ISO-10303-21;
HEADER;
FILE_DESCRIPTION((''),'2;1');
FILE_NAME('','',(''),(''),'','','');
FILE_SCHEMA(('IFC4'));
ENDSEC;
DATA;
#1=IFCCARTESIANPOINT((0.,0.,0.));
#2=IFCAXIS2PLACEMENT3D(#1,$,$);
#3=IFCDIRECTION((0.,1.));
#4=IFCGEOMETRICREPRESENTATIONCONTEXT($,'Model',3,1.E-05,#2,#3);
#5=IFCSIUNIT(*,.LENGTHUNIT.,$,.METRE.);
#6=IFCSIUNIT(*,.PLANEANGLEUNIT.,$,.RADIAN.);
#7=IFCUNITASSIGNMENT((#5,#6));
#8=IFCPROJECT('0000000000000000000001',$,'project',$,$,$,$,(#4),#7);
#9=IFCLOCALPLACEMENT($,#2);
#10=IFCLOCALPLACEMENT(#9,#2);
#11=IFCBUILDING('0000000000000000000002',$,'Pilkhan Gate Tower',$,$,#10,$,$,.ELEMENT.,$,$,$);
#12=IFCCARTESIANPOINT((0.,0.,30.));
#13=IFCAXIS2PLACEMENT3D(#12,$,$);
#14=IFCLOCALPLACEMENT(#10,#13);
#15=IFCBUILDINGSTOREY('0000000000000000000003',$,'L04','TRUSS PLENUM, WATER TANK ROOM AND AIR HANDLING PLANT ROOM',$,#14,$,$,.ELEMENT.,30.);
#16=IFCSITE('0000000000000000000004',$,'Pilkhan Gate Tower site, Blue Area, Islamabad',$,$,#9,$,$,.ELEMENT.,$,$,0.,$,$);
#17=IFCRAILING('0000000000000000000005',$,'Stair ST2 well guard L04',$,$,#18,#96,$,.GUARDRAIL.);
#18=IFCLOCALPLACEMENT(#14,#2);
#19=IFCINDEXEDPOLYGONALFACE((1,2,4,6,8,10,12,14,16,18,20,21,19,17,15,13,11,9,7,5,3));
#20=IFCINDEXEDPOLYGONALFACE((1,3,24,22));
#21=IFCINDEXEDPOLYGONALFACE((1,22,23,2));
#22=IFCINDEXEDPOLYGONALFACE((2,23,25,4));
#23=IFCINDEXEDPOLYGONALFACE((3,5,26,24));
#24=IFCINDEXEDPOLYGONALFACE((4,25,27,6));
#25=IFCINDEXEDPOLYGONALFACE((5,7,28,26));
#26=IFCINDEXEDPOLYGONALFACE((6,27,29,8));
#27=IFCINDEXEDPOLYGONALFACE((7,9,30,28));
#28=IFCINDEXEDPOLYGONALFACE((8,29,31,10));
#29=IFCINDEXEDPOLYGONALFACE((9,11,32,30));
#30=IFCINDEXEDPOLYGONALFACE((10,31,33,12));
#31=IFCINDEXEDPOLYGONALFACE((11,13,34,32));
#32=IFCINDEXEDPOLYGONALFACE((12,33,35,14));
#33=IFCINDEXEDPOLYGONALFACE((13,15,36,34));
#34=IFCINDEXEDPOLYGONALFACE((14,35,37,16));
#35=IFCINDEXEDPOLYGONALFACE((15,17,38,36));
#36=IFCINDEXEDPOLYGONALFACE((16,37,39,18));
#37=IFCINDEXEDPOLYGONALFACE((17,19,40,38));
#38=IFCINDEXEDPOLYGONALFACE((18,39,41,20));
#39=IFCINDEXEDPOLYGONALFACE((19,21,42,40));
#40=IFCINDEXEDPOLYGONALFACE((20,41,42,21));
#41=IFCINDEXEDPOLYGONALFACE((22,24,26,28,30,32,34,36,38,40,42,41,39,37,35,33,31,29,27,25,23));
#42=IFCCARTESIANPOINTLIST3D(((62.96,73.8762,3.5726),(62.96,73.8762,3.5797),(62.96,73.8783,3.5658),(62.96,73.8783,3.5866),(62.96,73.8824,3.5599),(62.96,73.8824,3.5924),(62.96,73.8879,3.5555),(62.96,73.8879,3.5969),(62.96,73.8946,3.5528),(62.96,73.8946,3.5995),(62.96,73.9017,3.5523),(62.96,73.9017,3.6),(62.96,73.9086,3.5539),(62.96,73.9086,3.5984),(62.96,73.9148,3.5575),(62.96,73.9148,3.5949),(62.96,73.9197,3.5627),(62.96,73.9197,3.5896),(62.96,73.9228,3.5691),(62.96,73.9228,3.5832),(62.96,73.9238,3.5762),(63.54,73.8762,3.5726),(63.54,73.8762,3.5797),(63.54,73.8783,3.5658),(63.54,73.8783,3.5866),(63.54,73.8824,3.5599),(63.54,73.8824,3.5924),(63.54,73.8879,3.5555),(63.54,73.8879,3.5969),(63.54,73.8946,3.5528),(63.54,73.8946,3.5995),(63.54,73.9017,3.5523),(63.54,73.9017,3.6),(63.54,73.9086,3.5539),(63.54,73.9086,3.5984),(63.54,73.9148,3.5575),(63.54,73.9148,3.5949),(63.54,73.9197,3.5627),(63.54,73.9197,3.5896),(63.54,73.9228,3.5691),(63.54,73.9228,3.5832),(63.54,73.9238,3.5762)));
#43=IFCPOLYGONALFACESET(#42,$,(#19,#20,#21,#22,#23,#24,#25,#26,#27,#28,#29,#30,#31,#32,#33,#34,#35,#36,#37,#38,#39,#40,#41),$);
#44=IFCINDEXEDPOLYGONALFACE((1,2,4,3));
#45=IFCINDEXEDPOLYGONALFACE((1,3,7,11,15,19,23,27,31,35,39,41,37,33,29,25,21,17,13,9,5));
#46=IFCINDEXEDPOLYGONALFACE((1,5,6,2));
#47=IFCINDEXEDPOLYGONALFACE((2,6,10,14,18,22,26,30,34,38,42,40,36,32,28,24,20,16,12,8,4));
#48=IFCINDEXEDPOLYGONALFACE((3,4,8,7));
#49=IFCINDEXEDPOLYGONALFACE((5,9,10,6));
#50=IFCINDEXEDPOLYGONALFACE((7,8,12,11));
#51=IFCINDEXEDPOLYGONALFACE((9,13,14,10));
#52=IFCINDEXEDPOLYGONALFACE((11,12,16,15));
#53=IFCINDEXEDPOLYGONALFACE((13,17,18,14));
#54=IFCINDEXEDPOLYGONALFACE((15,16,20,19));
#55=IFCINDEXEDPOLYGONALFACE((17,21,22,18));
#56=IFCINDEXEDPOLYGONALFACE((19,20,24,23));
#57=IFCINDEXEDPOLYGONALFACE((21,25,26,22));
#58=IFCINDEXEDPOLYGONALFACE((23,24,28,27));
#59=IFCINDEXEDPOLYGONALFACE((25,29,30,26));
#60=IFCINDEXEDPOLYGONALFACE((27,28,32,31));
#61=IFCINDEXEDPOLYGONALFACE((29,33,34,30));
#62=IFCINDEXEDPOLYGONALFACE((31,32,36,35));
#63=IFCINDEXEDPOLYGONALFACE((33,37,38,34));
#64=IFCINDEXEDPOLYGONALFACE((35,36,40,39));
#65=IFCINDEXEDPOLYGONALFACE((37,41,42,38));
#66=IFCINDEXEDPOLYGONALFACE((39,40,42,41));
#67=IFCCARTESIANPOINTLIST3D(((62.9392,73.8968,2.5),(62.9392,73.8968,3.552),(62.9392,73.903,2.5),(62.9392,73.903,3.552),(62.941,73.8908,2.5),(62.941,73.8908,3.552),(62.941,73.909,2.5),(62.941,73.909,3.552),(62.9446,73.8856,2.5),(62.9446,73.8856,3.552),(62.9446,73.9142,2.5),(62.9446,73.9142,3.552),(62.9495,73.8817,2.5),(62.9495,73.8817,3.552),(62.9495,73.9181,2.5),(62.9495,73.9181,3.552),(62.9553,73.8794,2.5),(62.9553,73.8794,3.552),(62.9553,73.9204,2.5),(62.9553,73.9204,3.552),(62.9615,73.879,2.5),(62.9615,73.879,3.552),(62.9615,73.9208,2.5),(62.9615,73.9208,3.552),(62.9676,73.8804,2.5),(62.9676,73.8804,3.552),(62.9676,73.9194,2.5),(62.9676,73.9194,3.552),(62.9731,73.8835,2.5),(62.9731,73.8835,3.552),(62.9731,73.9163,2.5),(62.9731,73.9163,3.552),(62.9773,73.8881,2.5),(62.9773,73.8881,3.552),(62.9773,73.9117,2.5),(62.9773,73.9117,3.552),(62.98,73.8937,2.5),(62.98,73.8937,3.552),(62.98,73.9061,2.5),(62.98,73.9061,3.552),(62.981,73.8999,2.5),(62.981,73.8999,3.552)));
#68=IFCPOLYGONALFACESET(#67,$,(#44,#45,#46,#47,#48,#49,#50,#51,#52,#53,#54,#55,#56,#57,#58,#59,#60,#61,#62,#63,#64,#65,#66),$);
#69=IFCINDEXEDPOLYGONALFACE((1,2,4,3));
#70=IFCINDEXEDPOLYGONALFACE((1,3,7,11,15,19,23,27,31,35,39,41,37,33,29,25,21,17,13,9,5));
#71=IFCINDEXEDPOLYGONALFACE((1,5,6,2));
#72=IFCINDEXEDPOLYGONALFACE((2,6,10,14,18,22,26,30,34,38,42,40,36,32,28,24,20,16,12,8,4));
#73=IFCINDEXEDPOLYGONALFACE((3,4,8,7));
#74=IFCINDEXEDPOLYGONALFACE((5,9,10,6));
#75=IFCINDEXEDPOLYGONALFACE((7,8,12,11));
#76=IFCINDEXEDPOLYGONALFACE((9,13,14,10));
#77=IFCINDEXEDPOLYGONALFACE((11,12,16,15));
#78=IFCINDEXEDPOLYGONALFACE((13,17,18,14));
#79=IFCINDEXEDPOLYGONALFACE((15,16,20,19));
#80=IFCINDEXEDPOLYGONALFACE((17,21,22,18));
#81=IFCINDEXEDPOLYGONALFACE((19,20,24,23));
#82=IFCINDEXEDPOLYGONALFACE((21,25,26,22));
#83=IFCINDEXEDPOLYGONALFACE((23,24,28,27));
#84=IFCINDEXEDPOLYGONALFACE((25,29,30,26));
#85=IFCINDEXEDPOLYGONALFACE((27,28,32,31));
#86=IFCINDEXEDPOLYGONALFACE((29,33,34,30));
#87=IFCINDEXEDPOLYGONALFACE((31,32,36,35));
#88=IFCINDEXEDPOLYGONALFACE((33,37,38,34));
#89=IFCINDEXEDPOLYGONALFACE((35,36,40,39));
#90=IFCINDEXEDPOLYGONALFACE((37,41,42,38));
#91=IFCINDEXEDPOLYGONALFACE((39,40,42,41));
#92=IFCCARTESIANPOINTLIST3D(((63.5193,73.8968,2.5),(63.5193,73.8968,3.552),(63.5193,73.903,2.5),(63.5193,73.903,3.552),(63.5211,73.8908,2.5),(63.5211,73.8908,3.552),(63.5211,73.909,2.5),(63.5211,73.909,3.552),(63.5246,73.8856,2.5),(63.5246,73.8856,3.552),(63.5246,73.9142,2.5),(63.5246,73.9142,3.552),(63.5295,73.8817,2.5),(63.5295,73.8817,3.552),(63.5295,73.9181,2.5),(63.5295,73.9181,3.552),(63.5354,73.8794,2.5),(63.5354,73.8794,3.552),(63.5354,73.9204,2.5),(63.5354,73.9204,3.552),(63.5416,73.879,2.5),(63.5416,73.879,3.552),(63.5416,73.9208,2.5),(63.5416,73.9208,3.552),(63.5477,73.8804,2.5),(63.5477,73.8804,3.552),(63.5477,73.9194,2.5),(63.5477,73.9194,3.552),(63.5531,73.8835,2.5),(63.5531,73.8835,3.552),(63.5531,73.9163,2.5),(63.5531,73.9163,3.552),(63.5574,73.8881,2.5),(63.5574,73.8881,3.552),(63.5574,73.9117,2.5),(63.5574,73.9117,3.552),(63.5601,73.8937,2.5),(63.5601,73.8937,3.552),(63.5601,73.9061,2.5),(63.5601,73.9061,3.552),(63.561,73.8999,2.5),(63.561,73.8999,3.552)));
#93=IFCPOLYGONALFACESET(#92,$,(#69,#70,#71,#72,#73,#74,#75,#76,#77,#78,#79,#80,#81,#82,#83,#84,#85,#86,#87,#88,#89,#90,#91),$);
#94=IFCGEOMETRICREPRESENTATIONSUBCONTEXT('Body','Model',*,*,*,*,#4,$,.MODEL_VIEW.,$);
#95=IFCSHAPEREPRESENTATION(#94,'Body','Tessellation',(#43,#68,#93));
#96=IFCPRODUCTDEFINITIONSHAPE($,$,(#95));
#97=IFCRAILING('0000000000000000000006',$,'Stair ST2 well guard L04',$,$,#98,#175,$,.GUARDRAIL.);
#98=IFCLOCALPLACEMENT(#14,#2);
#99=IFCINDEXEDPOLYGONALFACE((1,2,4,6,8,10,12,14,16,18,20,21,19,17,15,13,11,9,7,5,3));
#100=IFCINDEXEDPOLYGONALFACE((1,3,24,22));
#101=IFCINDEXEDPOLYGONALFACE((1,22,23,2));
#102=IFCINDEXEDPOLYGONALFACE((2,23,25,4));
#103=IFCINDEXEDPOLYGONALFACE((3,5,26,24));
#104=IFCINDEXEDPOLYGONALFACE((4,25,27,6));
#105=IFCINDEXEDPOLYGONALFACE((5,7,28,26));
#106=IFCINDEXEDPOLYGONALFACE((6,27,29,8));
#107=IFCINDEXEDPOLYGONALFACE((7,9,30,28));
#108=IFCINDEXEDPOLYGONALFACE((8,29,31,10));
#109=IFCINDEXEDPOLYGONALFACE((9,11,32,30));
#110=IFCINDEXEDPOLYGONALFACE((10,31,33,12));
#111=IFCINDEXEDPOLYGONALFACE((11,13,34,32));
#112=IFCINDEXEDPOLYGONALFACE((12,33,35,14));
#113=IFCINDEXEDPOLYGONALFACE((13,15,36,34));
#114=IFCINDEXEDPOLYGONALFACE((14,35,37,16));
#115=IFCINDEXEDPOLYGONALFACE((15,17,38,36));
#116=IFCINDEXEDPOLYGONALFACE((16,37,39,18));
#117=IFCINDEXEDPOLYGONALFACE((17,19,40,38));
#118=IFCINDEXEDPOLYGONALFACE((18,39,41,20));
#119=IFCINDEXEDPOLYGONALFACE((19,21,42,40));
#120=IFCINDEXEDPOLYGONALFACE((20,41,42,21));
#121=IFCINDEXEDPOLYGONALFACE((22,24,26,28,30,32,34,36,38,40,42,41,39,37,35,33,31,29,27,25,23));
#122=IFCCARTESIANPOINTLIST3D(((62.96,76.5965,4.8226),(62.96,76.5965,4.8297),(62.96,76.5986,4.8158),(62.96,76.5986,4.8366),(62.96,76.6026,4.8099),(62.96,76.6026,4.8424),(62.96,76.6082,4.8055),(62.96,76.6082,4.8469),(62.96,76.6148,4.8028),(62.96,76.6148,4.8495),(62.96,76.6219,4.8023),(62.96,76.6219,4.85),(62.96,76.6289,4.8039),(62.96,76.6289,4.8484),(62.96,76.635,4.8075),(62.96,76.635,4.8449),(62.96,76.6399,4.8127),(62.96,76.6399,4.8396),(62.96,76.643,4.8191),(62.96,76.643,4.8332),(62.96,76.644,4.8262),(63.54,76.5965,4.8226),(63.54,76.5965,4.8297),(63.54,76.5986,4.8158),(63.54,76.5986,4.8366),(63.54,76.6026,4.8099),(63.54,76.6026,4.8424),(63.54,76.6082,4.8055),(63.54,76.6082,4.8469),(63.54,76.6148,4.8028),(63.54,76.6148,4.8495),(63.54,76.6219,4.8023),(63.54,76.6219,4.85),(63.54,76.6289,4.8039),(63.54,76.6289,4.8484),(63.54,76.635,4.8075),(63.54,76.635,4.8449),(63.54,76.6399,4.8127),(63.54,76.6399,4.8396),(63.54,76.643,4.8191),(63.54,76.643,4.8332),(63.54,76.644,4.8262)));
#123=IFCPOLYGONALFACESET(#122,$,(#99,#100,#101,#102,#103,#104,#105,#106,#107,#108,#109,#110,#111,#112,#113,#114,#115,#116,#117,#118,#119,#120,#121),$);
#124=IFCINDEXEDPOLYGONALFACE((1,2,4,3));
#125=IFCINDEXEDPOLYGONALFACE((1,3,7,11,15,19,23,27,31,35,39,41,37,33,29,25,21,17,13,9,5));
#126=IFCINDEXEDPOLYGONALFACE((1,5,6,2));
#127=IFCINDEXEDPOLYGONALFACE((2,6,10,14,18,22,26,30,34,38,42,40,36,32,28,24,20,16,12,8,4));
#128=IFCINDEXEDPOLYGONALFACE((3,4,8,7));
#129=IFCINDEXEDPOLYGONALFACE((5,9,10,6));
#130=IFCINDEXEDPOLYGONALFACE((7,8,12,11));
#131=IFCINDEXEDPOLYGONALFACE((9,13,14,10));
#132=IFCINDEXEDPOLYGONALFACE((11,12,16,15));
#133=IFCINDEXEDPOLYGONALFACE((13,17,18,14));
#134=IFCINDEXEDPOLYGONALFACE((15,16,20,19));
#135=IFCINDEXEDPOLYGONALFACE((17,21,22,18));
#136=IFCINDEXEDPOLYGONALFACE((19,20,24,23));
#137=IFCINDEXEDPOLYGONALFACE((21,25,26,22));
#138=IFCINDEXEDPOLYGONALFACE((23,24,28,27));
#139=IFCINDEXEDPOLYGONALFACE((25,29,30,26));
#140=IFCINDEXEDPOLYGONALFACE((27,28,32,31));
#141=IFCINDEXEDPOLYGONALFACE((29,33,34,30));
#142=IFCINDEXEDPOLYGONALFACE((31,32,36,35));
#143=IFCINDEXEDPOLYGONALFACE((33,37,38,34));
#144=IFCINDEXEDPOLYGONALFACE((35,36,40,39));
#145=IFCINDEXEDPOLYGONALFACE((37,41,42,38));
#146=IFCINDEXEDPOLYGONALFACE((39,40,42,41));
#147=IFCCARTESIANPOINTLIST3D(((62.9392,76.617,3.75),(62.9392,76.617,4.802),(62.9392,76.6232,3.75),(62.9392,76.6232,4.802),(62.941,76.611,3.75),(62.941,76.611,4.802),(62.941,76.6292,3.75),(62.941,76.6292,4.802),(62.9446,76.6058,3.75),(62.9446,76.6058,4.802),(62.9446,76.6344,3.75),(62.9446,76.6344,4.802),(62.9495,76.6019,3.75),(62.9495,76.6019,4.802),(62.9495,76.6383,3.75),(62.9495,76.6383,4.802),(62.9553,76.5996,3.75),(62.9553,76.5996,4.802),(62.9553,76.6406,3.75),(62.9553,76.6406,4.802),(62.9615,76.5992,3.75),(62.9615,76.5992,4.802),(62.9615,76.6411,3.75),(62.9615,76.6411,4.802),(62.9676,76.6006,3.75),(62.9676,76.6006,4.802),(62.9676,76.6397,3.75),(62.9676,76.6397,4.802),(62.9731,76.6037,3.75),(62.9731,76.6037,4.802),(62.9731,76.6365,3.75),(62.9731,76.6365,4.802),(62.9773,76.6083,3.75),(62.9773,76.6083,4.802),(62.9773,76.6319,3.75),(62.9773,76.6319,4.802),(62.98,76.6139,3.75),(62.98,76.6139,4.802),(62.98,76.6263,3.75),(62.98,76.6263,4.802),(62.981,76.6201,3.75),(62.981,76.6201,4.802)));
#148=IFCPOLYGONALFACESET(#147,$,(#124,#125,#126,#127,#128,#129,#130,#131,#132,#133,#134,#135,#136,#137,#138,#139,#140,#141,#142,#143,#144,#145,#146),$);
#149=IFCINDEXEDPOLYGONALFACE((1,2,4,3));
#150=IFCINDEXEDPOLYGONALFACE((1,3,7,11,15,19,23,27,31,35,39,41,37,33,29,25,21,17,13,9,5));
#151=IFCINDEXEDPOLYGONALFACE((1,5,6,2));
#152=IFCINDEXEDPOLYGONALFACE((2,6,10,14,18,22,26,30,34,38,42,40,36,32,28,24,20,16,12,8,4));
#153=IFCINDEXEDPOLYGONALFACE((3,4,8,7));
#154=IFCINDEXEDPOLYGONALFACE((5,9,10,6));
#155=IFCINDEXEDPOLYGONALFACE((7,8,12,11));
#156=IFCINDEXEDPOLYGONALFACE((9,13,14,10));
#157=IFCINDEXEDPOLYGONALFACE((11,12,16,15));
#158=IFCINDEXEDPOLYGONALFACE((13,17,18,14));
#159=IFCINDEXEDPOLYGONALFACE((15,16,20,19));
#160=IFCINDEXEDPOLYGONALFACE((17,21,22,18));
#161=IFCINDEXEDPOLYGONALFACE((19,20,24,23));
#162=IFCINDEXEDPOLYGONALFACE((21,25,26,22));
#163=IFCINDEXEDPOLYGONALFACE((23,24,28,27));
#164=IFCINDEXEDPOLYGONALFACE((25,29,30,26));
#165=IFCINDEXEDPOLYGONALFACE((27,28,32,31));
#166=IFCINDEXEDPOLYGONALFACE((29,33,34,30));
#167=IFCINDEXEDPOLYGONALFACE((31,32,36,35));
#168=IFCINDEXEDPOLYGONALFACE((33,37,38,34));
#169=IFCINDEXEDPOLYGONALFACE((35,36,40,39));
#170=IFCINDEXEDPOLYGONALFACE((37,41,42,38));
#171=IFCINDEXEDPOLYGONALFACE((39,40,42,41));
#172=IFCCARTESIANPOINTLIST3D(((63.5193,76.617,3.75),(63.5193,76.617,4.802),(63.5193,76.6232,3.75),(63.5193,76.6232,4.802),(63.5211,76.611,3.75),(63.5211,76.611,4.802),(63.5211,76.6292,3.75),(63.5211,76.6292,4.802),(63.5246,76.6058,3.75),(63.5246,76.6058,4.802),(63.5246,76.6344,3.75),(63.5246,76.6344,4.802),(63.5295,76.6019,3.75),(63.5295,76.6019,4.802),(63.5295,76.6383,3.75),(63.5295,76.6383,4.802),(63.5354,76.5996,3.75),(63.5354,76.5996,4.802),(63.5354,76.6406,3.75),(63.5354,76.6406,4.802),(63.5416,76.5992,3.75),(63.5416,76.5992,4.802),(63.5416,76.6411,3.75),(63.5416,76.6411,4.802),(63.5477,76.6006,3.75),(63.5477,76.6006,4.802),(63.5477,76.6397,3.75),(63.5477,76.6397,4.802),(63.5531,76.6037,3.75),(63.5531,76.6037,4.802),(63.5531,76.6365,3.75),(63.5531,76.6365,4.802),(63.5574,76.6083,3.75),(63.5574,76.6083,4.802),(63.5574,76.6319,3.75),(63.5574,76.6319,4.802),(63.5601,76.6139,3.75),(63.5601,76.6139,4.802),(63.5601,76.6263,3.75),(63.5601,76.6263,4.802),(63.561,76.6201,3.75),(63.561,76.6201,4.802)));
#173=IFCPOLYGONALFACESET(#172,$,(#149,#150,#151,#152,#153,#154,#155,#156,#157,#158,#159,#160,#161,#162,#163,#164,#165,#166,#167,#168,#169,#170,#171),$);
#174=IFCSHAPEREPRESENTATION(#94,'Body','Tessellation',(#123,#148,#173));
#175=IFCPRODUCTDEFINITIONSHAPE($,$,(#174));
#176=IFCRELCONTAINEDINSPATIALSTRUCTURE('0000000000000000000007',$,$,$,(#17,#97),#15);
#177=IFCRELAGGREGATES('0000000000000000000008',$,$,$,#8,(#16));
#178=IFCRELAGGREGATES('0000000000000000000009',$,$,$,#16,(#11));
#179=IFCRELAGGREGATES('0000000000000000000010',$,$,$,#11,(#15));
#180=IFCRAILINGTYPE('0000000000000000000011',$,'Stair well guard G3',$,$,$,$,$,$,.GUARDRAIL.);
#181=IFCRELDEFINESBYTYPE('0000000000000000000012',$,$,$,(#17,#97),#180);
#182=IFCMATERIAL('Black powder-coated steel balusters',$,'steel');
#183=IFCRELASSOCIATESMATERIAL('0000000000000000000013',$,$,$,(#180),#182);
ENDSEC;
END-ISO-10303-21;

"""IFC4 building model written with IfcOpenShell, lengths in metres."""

from ifc_helpers import new_model, si_unit, direction, frame, origin, origin_2d, place, context, subcontext, project, spatial, circle, extrude, material, type_object, element, save


model = new_model("IFC4")

# Units and contexts
model_context = context("Model", 3, precision=1e-05, world=origin(), true_north=direction((0.0, 1.0)))
body_context = subcontext(model_context, "Body", "Model", "MODEL_VIEW")
ifc_project = project(units=[si_unit("LENGTHUNIT", "METRE"), si_unit("PLANEANGLEUNIT", "RADIAN")], contexts=[model_context])

# Site, building, storey
site_placement = place(None, origin())
site = spatial("IfcSite", under=ifc_project, at=site_placement, Name="Pilkhan Gate Tower site, Blue Area, Islamabad", CompositionType="ELEMENT", RefElevation=0.0)
building_placement = place(site_placement, origin())
building = spatial("IfcBuilding", under=site, at=building_placement, Name="Pilkhan Gate Tower", CompositionType="ELEMENT")
storey_placement = place(building_placement, frame((0.0, 0.0, 30.0)))
storey = spatial("IfcBuildingStorey", under=building, at=storey_placement, Name="L04", Description="TRUSS PLENUM, WATER TANK ROOM AND AIR HANDLING PLANT ROOM", CompositionType="ELEMENT", Elevation=30.0)

# Railings
ifc_material_1 = material(Name="Black powder-coated steel balusters", Category="steel")
railing_type_1 = type_object("IfcRailingType", Name="Stair well guard G3", PredefinedType="GUARDRAIL", material=ifc_material_1)
for number, where, name in (
    (1, (62.96, 73.8999, 2.5), "Stair ST2 well guard L04"),
    (2, (62.96, 76.6201, 3.75), "Stair ST2 well guard L04"),
):
    element("IfcRailing", number, at=place(storey_placement, frame(where)), inside=storey, type_object=railing_type_1, Name=name, PredefinedType="GUARDRAIL", context=body_context, shape_type="SweptSolid", body=[
        extrude(circle(Radius=0.0239, at=origin_2d()), frame((0.0, 0.0, 1.0762), z_axis=(1.0, 0.0, 0.0), x_axis=(0.0, 1.0, 0.0)), (0.0, 0.0, 1.0), 0.5801),
        extrude(circle(Radius=0.021, at=origin_2d()), origin(), (0.0, 0.0, 1.0), 1.052),
        extrude(circle(Radius=0.021, at=origin_2d()), frame((0.5801, 0.0, 0.0)), (0.0, 0.0, 1.0), 1.052),
    ])

save(model, "model.ifc")
